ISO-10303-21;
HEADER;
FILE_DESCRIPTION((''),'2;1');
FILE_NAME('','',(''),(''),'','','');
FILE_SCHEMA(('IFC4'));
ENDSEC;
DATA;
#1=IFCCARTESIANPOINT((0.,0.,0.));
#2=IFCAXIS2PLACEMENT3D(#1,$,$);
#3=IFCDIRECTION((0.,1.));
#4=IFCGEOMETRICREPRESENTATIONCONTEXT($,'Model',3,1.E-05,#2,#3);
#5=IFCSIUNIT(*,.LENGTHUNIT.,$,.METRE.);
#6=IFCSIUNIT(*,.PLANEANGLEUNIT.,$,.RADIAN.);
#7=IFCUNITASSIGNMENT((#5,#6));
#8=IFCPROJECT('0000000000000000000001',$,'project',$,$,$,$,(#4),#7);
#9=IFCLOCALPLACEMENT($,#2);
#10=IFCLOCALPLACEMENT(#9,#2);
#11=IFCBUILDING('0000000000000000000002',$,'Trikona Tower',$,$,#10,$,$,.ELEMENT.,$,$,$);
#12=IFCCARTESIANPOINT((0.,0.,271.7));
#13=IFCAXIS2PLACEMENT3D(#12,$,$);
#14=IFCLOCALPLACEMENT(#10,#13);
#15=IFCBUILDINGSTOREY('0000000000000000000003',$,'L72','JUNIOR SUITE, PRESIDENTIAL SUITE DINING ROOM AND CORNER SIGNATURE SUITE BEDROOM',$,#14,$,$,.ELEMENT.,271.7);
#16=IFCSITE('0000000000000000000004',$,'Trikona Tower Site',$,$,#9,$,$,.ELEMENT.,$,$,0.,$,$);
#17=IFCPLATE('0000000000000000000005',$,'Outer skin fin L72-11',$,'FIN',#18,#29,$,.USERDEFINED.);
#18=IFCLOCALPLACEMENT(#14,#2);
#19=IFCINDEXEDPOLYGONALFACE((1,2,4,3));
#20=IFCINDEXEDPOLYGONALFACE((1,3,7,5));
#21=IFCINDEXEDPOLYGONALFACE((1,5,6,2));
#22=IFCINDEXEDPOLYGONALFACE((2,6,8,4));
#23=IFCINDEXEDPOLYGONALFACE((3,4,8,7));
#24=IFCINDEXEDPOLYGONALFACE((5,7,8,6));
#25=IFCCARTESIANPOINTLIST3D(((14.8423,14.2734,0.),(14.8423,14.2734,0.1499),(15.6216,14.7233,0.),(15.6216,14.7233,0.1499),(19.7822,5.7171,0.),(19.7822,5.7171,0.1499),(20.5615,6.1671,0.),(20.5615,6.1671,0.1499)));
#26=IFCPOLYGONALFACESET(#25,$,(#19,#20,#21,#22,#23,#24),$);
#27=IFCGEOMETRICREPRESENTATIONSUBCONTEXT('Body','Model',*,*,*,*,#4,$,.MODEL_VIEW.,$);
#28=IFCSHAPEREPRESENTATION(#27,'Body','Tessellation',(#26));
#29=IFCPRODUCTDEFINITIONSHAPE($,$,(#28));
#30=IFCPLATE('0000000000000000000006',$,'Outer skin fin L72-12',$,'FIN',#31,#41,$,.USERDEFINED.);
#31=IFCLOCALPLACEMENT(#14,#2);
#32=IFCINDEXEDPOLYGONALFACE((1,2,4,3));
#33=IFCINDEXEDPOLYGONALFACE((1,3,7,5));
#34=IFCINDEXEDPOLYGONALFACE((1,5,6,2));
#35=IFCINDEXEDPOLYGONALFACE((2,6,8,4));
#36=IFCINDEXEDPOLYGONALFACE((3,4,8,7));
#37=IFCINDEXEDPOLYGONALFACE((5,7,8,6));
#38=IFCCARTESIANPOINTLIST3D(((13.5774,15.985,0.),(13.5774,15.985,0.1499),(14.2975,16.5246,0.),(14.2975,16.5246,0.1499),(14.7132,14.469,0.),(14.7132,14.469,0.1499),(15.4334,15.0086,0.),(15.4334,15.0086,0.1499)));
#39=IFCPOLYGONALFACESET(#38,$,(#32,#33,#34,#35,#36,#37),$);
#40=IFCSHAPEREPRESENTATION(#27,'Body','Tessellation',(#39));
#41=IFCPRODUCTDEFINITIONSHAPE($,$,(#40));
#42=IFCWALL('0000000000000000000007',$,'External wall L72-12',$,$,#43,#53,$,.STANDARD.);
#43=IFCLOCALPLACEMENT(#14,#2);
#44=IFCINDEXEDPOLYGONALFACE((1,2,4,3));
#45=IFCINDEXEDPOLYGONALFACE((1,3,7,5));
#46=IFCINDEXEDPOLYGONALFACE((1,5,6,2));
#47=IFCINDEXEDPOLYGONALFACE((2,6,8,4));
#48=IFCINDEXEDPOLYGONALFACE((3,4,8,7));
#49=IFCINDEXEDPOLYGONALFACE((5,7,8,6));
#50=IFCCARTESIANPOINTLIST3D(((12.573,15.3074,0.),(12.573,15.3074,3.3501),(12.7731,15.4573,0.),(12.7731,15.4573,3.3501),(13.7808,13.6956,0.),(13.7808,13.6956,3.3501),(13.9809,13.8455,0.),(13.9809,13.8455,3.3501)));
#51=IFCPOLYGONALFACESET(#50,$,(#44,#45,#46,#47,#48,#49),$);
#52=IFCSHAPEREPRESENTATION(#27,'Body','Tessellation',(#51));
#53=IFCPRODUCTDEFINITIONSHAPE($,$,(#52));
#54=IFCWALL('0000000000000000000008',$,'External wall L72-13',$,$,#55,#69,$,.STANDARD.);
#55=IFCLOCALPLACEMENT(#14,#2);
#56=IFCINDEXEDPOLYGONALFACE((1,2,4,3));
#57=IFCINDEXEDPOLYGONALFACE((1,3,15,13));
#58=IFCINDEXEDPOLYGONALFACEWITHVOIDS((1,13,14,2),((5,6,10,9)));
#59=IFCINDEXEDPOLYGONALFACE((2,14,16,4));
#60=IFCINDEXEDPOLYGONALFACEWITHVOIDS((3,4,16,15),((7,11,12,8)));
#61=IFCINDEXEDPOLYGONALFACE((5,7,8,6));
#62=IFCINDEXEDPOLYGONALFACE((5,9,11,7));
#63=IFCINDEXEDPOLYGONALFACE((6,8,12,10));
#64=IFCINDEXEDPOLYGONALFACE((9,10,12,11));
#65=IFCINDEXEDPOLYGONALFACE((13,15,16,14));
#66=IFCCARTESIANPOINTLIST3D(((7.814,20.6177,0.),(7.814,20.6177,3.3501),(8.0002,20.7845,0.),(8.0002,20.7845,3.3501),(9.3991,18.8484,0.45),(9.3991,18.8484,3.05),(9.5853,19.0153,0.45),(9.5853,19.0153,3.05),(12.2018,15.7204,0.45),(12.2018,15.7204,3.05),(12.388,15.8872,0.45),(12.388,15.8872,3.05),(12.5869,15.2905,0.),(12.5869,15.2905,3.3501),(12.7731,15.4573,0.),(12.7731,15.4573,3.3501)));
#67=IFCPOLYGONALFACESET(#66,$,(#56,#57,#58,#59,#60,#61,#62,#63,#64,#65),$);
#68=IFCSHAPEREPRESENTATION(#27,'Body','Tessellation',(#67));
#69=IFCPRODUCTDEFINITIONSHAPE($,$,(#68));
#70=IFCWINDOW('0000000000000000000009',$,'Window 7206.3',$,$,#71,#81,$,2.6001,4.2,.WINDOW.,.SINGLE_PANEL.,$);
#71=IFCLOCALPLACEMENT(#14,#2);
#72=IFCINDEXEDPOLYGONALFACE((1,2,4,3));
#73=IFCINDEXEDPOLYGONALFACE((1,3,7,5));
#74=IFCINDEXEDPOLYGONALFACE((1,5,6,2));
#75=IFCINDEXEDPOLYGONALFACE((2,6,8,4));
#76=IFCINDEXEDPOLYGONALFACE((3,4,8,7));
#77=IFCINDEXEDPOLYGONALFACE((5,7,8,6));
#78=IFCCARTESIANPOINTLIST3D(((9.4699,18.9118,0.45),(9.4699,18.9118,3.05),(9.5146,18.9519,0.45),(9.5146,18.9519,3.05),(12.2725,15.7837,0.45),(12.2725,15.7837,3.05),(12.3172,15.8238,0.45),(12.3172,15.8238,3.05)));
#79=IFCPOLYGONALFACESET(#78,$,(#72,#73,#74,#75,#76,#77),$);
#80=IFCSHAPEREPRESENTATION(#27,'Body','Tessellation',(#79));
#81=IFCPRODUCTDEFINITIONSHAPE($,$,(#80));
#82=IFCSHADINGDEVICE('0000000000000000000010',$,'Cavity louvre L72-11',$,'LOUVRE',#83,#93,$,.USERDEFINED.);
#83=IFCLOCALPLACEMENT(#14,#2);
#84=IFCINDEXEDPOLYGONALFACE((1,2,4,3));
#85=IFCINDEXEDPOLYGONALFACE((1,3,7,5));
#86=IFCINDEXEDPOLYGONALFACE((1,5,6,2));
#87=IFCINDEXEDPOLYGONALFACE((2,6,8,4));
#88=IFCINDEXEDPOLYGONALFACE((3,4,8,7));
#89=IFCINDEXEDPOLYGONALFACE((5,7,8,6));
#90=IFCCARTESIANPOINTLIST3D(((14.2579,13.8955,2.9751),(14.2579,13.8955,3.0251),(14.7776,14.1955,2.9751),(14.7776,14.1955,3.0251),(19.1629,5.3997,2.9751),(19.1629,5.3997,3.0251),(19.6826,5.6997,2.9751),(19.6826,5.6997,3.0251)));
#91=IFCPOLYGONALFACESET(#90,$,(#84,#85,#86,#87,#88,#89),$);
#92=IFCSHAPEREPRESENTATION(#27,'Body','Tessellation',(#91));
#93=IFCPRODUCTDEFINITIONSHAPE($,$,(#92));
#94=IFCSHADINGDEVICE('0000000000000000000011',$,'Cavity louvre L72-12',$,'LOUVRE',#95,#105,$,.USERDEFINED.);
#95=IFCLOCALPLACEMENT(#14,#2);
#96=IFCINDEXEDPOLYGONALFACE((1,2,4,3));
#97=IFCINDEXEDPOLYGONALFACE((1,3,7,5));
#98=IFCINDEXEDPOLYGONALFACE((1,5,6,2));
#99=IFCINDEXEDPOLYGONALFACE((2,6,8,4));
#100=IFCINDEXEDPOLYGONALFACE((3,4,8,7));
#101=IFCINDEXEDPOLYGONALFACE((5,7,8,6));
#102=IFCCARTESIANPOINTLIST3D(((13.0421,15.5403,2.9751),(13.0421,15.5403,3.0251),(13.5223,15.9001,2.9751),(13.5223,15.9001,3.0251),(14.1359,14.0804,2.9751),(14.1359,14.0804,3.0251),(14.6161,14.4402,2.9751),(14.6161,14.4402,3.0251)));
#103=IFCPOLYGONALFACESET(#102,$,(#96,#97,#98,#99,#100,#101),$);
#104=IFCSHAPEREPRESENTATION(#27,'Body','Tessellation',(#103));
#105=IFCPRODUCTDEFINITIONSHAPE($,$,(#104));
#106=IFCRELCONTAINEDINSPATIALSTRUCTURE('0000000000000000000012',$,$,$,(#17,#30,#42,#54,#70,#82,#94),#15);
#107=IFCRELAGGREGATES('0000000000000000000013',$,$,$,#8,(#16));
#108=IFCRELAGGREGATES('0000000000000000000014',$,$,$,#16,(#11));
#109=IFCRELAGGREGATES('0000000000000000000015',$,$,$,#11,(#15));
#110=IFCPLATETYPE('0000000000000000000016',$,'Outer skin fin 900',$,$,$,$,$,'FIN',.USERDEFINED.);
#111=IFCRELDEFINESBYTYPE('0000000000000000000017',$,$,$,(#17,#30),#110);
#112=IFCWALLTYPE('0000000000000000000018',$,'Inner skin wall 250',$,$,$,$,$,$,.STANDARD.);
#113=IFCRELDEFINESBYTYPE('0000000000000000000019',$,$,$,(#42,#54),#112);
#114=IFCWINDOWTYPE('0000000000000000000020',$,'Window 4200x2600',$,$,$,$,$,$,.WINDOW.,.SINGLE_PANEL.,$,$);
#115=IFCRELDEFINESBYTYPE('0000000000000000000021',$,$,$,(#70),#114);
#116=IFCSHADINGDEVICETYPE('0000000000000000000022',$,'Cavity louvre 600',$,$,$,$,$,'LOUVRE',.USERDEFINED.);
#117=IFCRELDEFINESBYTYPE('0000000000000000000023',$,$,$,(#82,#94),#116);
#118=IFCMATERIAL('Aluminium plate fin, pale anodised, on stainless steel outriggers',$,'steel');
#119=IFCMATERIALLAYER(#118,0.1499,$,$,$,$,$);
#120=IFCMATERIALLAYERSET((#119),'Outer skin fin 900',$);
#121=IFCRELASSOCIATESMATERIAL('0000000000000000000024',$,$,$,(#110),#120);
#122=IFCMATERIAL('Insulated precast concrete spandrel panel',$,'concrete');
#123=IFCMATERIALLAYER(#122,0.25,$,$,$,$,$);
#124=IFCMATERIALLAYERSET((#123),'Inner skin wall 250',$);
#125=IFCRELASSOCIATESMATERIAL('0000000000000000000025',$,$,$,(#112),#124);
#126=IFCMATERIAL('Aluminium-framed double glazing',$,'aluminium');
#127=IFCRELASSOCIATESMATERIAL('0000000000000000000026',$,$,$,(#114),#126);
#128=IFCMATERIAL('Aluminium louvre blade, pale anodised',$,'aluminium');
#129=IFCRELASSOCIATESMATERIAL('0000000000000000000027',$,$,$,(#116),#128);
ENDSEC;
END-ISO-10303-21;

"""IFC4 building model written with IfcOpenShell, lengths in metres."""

from ifc_helpers import new_model, si_unit, direction, frame, frame_2d, origin, origin_2d, place, context, subcontext, project, spatial, rectangle, extrude, material, layer, layer_set, type_object, element, fill, save


model = new_model("IFC4")

# Units and contexts
model_context = context("Model", 3, precision=1e-05, world=origin(), true_north=direction((0.0, 1.0)))
body_context = subcontext(model_context, "Body", "Model", "MODEL_VIEW")
ifc_project = project(units=[si_unit("LENGTHUNIT", "METRE"), si_unit("PLANEANGLEUNIT", "RADIAN")], contexts=[model_context])

# Site, building, storey
site_placement = place(None, origin())
site = spatial("IfcSite", under=ifc_project, at=site_placement, Name="Trikona Tower Site", CompositionType="ELEMENT", RefElevation=0.0)
building_placement = place(site_placement, origin())
building = spatial("IfcBuilding", under=site, at=building_placement, Name="Trikona Tower", CompositionType="ELEMENT")
storey_placement = place(building_placement, frame((0.0, 0.0, 271.7)))
storey = spatial("IfcBuildingStorey", under=building, at=storey_placement, Name="L72", Description="JUNIOR SUITE, PRESIDENTIAL SUITE DINING ROOM AND CORNER SIGNATURE SUITE BEDROOM", CompositionType="ELEMENT", Elevation=271.7)

# Plates
ifc_material_1 = material(Name="Aluminium plate fin, pale anodised, on stainless steel outriggers", Category="steel")
ifc_layer_1 = layer(ifc_material_1, 0.1499)
ifc_layer_set_1 = layer_set([ifc_layer_1], Name="Outer skin fin 900")
plate_type_1 = type_object("IfcPlateType", Name="Outer skin fin 900", ElementType="FIN", PredefinedType="USERDEFINED", material=ifc_layer_set_1)
plate_1_placement = place(storey_placement, frame((17.7019, 10.2202, 0.0), z_axis=(0.0, 0.0, 1.0), x_axis=(-0.499998, 0.866026, 0.0)))
element("IfcPlate", 1, at=plate_1_placement, inside=storey, type_object=plate_type_1, Name="Outer skin fin L72-11", ObjectType="FIN", PredefinedType="USERDEFINED", context=body_context, shape_type="SweptSolid", body=[
    extrude(rectangle(XDim=9.8799, YDim=0.8999, at=origin_2d()), origin(), (0.0, 0.0, 1.0), 0.1499),
])
plate_2_placement = place(storey_placement, frame((14.5054, 15.4968, 0.0), z_axis=(0.0, 0.0, 1.0), x_axis=(-0.599619, 0.800286, 0.0)))
element("IfcPlate", 2, at=plate_2_placement, inside=storey, type_object=plate_type_1, Name="Outer skin fin L72-12", ObjectType="FIN", PredefinedType="USERDEFINED", context=body_context, shape_type="SweptSolid", body=[
    extrude(rectangle(XDim=1.8943, YDim=0.8999, at=origin_2d()), origin(), (0.0, 0.0, 1.0), 0.1499),
])

# Wall
ifc_material_2 = material(Name="Insulated precast concrete spandrel panel", Category="concrete")
ifc_layer_2 = layer(ifc_material_2, 0.25)
ifc_layer_set_2 = layer_set([ifc_layer_2], Name="Inner skin wall 250")
wall_type = type_object("IfcWallType", Name="Inner skin wall 250", PredefinedType="STANDARD", material=ifc_layer_set_2)
wall_1_placement = place(storey_placement, frame((13.8809, 13.7705, 0.0), z_axis=(0.0, 0.0, 1.0), x_axis=(-0.599651, 0.800262, 0.0)))
element("IfcWall", 3, at=wall_1_placement, inside=storey, type_object=wall_type, Name="External wall L72-12", PredefinedType="STANDARD", context=body_context, shape_type="SweptSolid", body=[
    extrude(rectangle(XDim=2.0142, YDim=0.25, at=frame_2d((1.0071, 0.0))), origin(), (0.0, 0.0, 1.0), 3.3501),
])

# Wall, opening, window
wall_2_placement = place(storey_placement, frame((12.6799, 15.374, 0.0), z_axis=(0.0, 0.0, 1.0), x_axis=(-0.667304, 0.744786, 0.0)))
wall_2 = element("IfcWall", 4, at=wall_2_placement, inside=storey, type_object=wall_type, Name="External wall L72-13", PredefinedType="STANDARD", context=body_context, shape_type="SweptSolid", body=[
    extrude(rectangle(XDim=7.1526, YDim=0.25, at=frame_2d((3.5762, 0.0))), origin(), (0.0, 0.0, 1.0), 3.3501),
])
opening_placement = place(wall_2_placement, frame((0.5769, 0.0, 0.45)))
opening = element("IfcOpeningElement", 5, at=opening_placement, cuts=wall_2, PredefinedType="OPENING", context=body_context, shape_type="SweptSolid", body=[
    extrude(rectangle(XDim=4.2, YDim=2.6001, at=frame_2d((2.1001, 1.3))), frame((0.0, 0.135, 0.0), z_axis=(0.0, -1.0, 0.0), x_axis=(1.0, 0.0, 0.0)), (0.0, 0.0, 1.0), 0.27),
])
ifc_material_3 = material(Name="Aluminium-framed double glazing", Category="aluminium")
window_type = type_object("IfcWindowType", Name="Window 4200x2600", PartitioningType="SINGLE_PANEL", PredefinedType="WINDOW", material=ifc_material_3)
window_placement = place(opening_placement, origin())
window = element("IfcWindow", 6, at=window_placement, inside=storey, type_object=window_type, Name="Window 7206.3", OverallHeight=2.6001, OverallWidth=4.2, PartitioningType="SINGLE_PANEL", PredefinedType="WINDOW", context=body_context, shape_type="SweptSolid", body=[
    extrude(rectangle(XDim=4.2, YDim=2.6001, at=frame_2d((2.1001, 1.3))), frame((0.0, 0.03, 0.0), z_axis=(0.0, -1.0, 0.0), x_axis=(1.0, 0.0, 0.0)), (0.0, 0.0, 1.0), 0.0601),
])
fill(opening, window)

# Shading devices
ifc_material_4 = material(Name="Aluminium louvre blade, pale anodised", Category="aluminium")
shading_device_type = type_object("IfcShadingDeviceType", Name="Cavity louvre 600", ElementType="LOUVRE", PredefinedType="USERDEFINED", material=ifc_material_4)
shading_device_1_placement = place(storey_placement, frame((16.9702, 9.7976, 2.9751), z_axis=(0.0, 0.0, 1.0), x_axis=(-0.499998, 0.866026, 0.0)))
element("IfcShadingDevice", 7, at=shading_device_1_placement, inside=storey, type_object=shading_device_type, Name="Cavity louvre L72-11", ObjectType="LOUVRE", PredefinedType="USERDEFINED", context=body_context, shape_type="SweptSolid", body=[
    extrude(rectangle(XDim=9.8101, YDim=0.6001, at=origin_2d()), origin(), (0.0, 0.0, 1.0), 0.05),
])
shading_device_2_placement = place(storey_placement, frame((13.8291, 14.9902, 2.9751), z_axis=(0.0, 0.0, 1.0), x_axis=(-0.599619, 0.800286, 0.0)))
element("IfcShadingDevice", 8, at=shading_device_2_placement, inside=storey, type_object=shading_device_type, Name="Cavity louvre L72-12", ObjectType="LOUVRE", PredefinedType="USERDEFINED", context=body_context, shape_type="SweptSolid", body=[
    extrude(rectangle(XDim=1.8242, YDim=0.6001, at=origin_2d()), origin(), (0.0, 0.0, 1.0), 0.05),
])

save(model, "model.ifc")
